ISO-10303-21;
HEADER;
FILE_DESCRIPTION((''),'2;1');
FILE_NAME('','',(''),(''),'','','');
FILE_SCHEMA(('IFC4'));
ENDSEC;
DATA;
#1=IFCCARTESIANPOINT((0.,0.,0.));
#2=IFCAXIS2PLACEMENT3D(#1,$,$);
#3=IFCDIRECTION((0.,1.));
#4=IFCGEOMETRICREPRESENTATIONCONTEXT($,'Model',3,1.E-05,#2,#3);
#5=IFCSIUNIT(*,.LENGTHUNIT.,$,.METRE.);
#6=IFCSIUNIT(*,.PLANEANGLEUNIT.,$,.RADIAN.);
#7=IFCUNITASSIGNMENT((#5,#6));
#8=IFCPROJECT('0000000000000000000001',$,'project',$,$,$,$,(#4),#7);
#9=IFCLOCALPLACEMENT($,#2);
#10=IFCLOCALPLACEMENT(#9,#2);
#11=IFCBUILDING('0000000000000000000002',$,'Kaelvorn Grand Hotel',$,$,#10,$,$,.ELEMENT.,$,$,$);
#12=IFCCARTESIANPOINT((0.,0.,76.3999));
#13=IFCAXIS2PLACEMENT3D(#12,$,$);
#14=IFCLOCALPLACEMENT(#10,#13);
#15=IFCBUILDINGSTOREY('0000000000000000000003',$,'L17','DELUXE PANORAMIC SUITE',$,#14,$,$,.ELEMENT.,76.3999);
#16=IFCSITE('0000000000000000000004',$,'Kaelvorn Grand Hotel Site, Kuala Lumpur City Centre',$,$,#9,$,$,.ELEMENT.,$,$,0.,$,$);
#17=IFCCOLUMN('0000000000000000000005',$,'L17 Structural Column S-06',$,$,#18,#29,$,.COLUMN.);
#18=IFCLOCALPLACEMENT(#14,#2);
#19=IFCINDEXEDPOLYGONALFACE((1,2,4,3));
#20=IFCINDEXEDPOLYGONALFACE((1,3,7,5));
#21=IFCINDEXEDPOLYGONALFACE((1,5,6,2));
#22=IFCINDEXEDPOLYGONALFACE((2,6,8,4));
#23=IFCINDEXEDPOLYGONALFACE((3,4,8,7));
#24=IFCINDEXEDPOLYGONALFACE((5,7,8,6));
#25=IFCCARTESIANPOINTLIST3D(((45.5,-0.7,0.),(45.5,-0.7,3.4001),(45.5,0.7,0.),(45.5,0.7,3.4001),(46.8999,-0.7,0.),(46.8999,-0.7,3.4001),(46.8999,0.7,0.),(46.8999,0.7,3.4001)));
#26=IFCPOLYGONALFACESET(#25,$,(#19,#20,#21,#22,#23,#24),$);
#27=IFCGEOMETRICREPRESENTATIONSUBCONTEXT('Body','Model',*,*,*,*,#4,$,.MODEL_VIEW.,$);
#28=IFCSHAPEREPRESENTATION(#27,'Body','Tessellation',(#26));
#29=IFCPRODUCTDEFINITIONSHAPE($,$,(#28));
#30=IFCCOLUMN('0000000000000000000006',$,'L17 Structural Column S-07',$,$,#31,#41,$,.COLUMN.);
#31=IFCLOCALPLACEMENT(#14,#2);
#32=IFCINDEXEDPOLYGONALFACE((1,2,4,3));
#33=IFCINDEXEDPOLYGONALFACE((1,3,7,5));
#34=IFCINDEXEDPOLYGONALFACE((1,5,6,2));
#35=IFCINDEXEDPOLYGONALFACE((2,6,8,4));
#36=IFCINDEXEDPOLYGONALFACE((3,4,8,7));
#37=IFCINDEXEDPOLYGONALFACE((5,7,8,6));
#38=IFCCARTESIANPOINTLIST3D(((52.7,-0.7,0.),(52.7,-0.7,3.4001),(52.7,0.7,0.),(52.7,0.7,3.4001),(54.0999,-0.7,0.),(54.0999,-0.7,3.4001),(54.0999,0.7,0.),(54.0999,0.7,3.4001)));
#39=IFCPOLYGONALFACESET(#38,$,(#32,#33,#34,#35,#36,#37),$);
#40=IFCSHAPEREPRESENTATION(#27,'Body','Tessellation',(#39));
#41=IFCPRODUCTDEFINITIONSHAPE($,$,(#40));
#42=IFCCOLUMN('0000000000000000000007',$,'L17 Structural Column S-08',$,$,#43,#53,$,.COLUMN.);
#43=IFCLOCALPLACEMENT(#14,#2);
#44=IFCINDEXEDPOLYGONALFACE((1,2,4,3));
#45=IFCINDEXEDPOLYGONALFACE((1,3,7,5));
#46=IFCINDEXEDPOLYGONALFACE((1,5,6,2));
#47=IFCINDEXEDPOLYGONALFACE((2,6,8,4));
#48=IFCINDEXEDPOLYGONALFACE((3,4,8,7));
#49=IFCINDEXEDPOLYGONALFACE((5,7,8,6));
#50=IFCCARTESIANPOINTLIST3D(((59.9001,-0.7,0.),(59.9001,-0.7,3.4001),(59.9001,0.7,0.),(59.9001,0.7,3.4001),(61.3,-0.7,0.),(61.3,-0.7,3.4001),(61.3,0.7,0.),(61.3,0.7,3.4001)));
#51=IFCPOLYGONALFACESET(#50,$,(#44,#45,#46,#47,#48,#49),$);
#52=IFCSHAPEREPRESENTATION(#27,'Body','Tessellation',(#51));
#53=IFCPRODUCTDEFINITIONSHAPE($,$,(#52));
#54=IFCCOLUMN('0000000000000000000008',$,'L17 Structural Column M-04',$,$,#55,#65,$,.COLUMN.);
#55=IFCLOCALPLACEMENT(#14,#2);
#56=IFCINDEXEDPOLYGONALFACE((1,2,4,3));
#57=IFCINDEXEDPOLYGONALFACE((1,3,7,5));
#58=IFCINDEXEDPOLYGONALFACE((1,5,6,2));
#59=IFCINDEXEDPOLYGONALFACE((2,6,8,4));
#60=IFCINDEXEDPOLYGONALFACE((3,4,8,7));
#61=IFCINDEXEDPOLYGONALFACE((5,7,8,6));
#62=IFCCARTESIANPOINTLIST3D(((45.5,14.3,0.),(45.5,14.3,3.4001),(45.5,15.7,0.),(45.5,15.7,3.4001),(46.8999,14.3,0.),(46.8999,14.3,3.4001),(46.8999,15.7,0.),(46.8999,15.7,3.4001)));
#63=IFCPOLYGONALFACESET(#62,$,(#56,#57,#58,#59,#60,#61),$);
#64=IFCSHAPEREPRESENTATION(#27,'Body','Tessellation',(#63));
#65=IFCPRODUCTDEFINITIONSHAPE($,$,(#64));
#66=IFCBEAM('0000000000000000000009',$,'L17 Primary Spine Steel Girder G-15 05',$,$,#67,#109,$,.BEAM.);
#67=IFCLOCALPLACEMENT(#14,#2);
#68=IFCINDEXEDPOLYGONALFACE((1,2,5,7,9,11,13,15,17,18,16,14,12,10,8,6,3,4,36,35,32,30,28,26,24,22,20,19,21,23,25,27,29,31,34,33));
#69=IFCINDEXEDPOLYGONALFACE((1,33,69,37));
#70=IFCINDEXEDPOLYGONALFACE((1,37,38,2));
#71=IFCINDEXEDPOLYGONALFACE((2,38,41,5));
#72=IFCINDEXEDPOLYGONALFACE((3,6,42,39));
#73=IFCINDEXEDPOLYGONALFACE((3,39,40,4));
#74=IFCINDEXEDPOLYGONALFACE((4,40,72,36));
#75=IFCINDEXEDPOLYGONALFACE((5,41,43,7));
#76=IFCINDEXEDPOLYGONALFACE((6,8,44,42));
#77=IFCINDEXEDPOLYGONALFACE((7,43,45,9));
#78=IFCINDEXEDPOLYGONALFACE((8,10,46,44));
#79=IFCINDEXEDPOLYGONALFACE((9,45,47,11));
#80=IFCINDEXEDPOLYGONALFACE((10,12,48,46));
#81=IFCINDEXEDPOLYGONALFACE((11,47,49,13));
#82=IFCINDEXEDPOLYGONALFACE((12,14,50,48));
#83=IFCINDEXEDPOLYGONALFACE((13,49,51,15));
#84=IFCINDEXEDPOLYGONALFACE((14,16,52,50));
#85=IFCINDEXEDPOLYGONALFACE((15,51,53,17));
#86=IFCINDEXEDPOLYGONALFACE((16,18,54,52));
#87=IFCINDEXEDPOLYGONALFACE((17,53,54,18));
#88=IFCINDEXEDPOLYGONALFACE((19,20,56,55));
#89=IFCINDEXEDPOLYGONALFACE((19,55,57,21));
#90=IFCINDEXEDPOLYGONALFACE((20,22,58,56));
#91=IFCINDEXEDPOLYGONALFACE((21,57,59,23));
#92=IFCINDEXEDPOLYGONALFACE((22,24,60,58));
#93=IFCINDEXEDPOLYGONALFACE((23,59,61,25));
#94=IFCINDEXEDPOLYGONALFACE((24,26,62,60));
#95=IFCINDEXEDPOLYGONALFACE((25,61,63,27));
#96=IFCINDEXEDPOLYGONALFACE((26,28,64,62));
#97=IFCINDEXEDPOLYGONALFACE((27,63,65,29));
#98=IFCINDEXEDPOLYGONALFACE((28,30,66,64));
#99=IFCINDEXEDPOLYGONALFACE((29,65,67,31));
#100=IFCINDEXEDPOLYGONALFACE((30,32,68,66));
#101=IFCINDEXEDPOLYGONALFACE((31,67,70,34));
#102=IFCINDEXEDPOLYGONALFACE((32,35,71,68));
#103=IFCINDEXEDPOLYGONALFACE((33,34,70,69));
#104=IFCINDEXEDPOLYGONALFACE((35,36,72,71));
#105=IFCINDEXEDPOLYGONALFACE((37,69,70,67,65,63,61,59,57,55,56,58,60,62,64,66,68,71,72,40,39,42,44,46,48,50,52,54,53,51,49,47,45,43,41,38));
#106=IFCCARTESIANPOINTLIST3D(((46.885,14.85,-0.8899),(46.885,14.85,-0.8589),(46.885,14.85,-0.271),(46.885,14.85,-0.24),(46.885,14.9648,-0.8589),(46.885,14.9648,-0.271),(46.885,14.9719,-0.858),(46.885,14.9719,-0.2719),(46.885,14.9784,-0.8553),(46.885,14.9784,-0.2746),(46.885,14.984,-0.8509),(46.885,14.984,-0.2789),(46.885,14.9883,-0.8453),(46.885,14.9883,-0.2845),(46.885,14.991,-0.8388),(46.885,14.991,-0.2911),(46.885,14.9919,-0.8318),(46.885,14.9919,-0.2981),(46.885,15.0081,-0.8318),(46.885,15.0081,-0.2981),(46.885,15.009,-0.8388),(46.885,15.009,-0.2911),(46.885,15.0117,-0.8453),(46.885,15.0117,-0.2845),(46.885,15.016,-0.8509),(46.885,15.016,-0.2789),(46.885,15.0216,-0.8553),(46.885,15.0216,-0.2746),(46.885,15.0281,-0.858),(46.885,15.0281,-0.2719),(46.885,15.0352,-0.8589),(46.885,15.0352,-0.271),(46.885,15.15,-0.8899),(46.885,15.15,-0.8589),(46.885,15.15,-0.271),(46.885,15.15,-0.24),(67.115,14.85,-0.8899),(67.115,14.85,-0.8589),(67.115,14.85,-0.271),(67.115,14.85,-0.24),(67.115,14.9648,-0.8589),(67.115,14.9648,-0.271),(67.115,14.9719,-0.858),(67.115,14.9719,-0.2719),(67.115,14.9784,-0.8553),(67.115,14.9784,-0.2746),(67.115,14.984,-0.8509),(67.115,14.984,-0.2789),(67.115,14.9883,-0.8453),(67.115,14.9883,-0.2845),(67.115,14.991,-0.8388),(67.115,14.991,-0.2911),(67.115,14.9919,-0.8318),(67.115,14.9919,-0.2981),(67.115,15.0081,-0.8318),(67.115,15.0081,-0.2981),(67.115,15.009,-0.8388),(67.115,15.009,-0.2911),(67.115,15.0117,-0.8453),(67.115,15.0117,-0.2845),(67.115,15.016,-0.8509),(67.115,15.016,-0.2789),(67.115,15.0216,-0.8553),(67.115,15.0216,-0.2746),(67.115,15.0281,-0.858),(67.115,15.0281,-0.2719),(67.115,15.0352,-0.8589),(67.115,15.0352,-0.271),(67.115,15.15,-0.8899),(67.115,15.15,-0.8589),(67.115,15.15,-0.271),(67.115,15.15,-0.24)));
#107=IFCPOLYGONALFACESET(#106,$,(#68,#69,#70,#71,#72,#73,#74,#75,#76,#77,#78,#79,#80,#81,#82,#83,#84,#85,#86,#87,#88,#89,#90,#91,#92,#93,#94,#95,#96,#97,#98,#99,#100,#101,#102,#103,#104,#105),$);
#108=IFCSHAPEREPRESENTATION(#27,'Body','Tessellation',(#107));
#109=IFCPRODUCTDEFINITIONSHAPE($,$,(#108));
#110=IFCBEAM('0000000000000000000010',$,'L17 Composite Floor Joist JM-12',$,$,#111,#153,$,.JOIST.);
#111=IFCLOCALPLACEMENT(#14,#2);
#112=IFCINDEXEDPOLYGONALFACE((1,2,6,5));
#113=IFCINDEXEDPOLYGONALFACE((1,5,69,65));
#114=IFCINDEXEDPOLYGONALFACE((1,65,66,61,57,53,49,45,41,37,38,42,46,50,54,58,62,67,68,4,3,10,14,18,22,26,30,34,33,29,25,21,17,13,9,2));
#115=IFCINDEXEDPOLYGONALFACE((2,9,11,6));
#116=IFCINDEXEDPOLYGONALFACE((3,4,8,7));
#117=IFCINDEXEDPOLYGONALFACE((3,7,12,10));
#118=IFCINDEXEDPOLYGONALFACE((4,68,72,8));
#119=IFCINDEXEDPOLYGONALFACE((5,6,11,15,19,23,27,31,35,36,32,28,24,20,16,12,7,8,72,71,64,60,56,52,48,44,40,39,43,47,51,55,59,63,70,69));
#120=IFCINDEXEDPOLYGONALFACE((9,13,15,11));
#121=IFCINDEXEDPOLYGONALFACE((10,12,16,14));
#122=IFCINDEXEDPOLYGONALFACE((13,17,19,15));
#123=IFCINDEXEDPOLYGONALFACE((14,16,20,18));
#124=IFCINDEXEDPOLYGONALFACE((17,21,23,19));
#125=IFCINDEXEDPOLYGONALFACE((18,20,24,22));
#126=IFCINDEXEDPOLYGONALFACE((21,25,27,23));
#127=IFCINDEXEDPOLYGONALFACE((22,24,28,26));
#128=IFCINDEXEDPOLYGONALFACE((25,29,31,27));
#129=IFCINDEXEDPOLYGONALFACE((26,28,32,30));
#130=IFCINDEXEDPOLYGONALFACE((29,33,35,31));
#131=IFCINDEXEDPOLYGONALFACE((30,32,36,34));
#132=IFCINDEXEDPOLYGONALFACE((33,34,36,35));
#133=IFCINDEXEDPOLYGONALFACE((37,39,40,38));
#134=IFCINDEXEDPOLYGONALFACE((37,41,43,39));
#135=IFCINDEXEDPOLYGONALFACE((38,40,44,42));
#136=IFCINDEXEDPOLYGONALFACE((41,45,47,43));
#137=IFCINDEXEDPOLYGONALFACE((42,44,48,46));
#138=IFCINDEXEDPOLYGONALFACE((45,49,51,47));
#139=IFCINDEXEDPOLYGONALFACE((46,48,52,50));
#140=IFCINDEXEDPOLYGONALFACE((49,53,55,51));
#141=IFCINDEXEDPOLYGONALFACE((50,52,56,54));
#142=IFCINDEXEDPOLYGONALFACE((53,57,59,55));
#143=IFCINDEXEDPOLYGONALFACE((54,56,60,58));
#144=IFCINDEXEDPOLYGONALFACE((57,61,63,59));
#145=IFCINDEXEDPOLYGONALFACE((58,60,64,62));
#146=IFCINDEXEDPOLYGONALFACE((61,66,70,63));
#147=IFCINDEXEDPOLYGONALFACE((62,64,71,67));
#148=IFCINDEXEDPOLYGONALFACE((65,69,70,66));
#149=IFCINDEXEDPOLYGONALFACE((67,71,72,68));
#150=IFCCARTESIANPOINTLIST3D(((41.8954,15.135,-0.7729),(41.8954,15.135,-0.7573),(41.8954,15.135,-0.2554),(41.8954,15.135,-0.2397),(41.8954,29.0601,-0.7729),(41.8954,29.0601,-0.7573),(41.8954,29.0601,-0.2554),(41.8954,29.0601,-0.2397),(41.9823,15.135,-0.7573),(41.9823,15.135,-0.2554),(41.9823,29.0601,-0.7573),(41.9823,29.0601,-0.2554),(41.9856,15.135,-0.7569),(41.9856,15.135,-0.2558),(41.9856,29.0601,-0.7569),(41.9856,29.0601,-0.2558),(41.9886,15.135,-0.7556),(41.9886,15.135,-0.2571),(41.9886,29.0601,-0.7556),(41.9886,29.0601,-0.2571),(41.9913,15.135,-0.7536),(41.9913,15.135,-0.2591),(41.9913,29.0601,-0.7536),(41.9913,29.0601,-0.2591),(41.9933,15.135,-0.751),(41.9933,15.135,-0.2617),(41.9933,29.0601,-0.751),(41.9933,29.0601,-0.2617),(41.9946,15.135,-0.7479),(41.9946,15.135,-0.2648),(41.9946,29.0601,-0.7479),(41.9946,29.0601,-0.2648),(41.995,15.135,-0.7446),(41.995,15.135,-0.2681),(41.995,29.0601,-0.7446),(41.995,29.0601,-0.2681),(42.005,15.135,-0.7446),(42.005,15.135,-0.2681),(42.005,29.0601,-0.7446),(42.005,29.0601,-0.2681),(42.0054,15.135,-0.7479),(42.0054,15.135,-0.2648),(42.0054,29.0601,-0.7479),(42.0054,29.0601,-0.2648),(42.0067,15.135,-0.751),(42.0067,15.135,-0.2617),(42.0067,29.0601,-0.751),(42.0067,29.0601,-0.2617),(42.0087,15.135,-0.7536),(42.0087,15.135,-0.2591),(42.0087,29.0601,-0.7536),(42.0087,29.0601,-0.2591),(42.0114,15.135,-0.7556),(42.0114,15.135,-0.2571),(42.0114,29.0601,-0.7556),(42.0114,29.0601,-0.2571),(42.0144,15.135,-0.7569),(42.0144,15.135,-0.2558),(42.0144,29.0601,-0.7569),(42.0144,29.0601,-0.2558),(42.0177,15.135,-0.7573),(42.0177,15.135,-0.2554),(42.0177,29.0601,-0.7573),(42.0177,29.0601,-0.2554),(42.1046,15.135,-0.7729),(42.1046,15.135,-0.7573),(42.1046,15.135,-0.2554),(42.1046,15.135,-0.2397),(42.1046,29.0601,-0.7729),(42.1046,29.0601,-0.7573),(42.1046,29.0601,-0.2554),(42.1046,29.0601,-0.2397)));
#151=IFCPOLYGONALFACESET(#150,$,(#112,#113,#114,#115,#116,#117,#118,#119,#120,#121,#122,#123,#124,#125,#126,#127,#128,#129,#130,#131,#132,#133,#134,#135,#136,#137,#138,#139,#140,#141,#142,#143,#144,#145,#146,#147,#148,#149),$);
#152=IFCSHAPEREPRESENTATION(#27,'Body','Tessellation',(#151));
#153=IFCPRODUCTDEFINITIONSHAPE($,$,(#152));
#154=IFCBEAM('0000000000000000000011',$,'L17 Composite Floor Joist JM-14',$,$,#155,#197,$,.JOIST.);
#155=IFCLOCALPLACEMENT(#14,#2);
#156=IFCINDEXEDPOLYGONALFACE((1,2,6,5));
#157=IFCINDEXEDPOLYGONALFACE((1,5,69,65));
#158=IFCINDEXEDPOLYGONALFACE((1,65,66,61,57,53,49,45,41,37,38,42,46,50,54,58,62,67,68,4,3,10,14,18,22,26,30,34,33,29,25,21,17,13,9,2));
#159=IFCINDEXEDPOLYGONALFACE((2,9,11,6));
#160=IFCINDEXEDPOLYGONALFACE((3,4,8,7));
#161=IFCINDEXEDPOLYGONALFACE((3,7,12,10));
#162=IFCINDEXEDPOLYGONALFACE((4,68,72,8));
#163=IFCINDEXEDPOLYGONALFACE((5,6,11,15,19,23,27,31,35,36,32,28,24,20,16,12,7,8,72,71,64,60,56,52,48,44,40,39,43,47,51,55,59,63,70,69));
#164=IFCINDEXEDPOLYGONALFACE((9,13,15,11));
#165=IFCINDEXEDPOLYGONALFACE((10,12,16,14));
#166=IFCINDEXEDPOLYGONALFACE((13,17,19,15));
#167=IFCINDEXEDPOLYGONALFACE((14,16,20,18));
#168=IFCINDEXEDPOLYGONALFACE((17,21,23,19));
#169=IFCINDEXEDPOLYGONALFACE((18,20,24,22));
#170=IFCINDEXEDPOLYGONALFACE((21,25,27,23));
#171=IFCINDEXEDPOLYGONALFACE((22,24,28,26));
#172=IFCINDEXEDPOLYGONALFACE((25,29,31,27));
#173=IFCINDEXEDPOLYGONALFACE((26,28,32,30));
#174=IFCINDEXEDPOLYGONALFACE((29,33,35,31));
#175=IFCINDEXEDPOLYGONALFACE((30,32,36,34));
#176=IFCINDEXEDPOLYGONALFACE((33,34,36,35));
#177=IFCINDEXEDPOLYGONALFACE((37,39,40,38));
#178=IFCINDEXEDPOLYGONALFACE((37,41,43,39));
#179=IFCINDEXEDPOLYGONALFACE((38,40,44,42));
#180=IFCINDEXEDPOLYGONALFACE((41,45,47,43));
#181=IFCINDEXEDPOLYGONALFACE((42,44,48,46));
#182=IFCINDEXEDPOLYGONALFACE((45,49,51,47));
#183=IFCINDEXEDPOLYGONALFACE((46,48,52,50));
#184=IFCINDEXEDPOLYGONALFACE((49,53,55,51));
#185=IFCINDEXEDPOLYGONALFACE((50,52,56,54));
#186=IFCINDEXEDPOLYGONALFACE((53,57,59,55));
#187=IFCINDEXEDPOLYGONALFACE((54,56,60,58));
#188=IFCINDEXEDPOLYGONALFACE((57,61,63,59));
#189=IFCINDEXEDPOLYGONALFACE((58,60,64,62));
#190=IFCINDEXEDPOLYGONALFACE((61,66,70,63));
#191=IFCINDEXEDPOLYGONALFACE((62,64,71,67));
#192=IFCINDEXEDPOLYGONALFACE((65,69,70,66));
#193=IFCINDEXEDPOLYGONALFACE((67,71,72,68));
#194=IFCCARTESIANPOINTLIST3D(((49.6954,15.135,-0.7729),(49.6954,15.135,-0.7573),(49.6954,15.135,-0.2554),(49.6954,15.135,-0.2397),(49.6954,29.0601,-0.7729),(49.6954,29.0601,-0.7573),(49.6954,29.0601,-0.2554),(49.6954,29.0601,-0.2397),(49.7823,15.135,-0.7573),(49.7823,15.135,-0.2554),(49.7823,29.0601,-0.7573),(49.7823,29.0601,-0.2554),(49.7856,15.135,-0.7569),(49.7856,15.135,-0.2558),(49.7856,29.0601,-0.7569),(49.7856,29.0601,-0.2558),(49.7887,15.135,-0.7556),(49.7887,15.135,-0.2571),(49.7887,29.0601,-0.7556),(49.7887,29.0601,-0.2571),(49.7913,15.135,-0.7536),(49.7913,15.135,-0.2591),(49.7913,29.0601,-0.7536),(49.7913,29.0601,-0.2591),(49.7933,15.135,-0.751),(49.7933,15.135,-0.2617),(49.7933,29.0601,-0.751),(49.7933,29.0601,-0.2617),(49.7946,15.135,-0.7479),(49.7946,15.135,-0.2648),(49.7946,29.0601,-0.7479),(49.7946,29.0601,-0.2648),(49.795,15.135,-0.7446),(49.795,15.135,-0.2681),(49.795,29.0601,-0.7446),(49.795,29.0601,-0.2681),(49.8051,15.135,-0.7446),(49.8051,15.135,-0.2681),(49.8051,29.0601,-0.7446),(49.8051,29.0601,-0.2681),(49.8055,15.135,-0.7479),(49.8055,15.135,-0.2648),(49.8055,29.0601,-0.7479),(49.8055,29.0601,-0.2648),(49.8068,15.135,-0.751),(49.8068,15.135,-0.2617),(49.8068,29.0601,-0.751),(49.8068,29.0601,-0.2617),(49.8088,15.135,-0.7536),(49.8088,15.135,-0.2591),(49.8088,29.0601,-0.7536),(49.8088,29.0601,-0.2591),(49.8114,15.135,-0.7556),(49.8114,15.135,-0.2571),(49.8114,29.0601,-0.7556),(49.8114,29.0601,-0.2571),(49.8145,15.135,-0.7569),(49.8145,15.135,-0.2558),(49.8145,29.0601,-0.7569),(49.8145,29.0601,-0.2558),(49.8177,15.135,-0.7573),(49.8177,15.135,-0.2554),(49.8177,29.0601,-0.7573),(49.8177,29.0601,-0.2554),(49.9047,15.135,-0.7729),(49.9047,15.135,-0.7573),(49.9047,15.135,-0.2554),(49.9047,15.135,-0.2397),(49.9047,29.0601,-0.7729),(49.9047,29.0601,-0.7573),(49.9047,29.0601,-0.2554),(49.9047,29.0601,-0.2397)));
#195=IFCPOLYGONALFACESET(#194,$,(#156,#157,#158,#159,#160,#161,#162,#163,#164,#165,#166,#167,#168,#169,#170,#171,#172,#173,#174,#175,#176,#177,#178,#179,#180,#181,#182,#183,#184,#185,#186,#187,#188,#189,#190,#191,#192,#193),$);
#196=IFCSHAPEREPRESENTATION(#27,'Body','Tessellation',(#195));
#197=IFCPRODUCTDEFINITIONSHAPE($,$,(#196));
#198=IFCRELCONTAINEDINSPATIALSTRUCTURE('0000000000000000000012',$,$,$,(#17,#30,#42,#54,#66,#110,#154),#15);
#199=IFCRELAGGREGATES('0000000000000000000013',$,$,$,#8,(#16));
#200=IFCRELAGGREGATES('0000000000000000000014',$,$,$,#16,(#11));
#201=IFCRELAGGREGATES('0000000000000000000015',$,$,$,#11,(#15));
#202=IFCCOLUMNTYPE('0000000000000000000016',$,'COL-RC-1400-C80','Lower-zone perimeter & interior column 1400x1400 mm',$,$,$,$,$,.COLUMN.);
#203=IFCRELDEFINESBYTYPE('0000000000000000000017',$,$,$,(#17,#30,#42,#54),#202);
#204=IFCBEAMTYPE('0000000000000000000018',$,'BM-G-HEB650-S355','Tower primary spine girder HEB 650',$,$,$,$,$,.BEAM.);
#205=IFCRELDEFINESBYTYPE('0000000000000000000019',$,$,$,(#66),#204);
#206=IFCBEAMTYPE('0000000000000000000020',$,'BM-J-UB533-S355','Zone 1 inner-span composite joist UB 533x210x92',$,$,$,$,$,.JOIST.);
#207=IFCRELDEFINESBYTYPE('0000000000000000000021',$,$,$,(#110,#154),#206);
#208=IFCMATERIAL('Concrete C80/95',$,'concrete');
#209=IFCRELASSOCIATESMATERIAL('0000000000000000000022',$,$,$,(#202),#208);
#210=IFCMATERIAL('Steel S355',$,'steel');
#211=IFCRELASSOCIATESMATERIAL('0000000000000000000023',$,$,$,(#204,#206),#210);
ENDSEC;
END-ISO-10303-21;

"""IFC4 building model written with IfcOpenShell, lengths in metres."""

from ifc_helpers import new_model, si_unit, direction, frame, origin, origin_2d, place, context, subcontext, project, spatial, rectangle, i_section, extrude, material, material_profile, profile_set, type_object, element, save


model = new_model("IFC4")

# Units and contexts
model_context = context("Model", 3, precision=1e-05, world=origin(), true_north=direction((0.0, 1.0)))
body_context = subcontext(model_context, "Body", "Model", "MODEL_VIEW")
ifc_project = project(units=[si_unit("LENGTHUNIT", "METRE"), si_unit("PLANEANGLEUNIT", "RADIAN")], contexts=[model_context])

# Site, building, storey
site_placement = place(None, origin())
site = spatial("IfcSite", under=ifc_project, at=site_placement, Name="Kaelvorn Grand Hotel Site, Kuala Lumpur City Centre", CompositionType="ELEMENT", RefElevation=0.0)
building_placement = place(site_placement, origin())
building = spatial("IfcBuilding", under=site, at=building_placement, Name="Kaelvorn Grand Hotel", CompositionType="ELEMENT")
storey_placement = place(building_placement, frame((0.0, 0.0, 76.3999)))
storey = spatial("IfcBuildingStorey", under=building, at=storey_placement, Name="L17", Description="DELUXE PANORAMIC SUITE", CompositionType="ELEMENT", Elevation=76.3999)

# Columns
ifc_material_1 = material(Name="Concrete C80/95", Category="concrete")
ifc_material_profile_1 = material_profile(ifc_material_1, rectangle(XDim=1.3999, YDim=1.3999, at=origin_2d()), Name="RC COL 1400x1400")
ifc_profile_set_1 = profile_set([ifc_material_profile_1], Name="Concrete C80/95")
column_type = type_object("IfcColumnType", Name="COL-RC-1400-C80", Description="Lower-zone perimeter & interior column 1400x1400 mm", PredefinedType="COLUMN", material=ifc_profile_set_1)
for number, where, z_axis, x_axis, name in (
    (1, (46.2, 0.0, 0.0), (0.0, 0.0, 1.0), (1.0, 0.0, 0.0), "L17 Structural Column S-06"),
    (2, (53.3999, 0.0, 0.0), (0.0, 0.0, 1.0), (1.0, 0.0, 0.0), "L17 Structural Column S-07"),
    (3, (60.6001, 0.0, 0.0), (0.0, 0.0, 1.0), (1.0, 0.0, 0.0), "L17 Structural Column S-08"),
    (4, (46.2, 15.0, 0.0), (0.0, 0.0, 1.0), (1.0, 0.0, 0.0), "L17 Structural Column M-04"),
):
    element("IfcColumn", number, at=place(storey_placement, frame(where, z_axis=z_axis, x_axis=x_axis)), inside=storey, type_object=column_type, Name=name, PredefinedType="COLUMN", context=body_context, shape_type="SweptSolid", body=[
        extrude(rectangle(XDim=1.3999, YDim=1.3999, at=origin_2d()), origin(), (0.0, 0.0, 1.0), 3.4001),
    ])

# Beams
ifc_material_2 = material(Name="Steel S355", Category="steel")
ifc_material_profile_2 = material_profile(ifc_material_2, i_section(OverallWidth=0.3, OverallDepth=0.6499, WebThickness=0.0161, FlangeThickness=0.031, FilletRadius=0.0271, at=origin_2d()), Name="HEB 650")
ifc_profile_set_2 = profile_set([ifc_material_profile_2], Name="Steel S355")
beam_type_1 = type_object("IfcBeamType", Name="BM-G-HEB650-S355", Description="Tower primary spine girder HEB 650", PredefinedType="BEAM", material=ifc_profile_set_2)
beam_1_placement = place(storey_placement, frame((46.885, 15.0, -0.5649), z_axis=(1.0, 0.0, 0.0), x_axis=(0.0, 1.0, 0.0)))
element("IfcBeam", 5, at=beam_1_placement, inside=storey, type_object=beam_type_1, Name="L17 Primary Spine Steel Girder G-15 05", PredefinedType="BEAM", context=body_context, shape_type="SweptSolid", body=[
    extrude(i_section(OverallWidth=0.3, OverallDepth=0.6499, WebThickness=0.0161, FlangeThickness=0.031, FilletRadius=0.0271, at=origin_2d()), origin(), (0.0, 0.0, 1.0), 20.23),
])
ifc_material_profile_3 = material_profile(ifc_material_2, i_section(OverallWidth=0.2092, OverallDepth=0.5332, WebThickness=0.01, FlangeThickness=0.0156, FilletRadius=0.0127, at=origin_2d()), Name="UB 533x210x92")
ifc_profile_set_3 = profile_set([ifc_material_profile_3], Name="Steel S355")
beam_type_2 = type_object("IfcBeamType", Name="BM-J-UB533-S355", Description="Zone 1 inner-span composite joist UB 533x210x92", PredefinedType="JOIST", material=ifc_profile_set_3)
for number, where, z_axis, x_axis, name in (
    (6, (42.0, 15.135, -0.5063), (0.0, 1.0, 0.0), (-1.0, 0.0, 0.0), "L17 Composite Floor Joist JM-12"),
    (7, (49.8, 15.135, -0.5063), (0.0, 1.0, 0.0), (-1.0, 0.0, 0.0), "L17 Composite Floor Joist JM-14"),
):
    element("IfcBeam", number, at=place(storey_placement, frame(where, z_axis=z_axis, x_axis=x_axis)), inside=storey, type_object=beam_type_2, Name=name, PredefinedType="JOIST", context=body_context, shape_type="SweptSolid", body=[
        extrude(i_section(OverallWidth=0.2092, OverallDepth=0.5332, WebThickness=0.01, FlangeThickness=0.0156, FilletRadius=0.0127, at=origin_2d()), origin(), (0.0, 0.0, 1.0), 13.925),
    ])

save(model, "model.ifc")
